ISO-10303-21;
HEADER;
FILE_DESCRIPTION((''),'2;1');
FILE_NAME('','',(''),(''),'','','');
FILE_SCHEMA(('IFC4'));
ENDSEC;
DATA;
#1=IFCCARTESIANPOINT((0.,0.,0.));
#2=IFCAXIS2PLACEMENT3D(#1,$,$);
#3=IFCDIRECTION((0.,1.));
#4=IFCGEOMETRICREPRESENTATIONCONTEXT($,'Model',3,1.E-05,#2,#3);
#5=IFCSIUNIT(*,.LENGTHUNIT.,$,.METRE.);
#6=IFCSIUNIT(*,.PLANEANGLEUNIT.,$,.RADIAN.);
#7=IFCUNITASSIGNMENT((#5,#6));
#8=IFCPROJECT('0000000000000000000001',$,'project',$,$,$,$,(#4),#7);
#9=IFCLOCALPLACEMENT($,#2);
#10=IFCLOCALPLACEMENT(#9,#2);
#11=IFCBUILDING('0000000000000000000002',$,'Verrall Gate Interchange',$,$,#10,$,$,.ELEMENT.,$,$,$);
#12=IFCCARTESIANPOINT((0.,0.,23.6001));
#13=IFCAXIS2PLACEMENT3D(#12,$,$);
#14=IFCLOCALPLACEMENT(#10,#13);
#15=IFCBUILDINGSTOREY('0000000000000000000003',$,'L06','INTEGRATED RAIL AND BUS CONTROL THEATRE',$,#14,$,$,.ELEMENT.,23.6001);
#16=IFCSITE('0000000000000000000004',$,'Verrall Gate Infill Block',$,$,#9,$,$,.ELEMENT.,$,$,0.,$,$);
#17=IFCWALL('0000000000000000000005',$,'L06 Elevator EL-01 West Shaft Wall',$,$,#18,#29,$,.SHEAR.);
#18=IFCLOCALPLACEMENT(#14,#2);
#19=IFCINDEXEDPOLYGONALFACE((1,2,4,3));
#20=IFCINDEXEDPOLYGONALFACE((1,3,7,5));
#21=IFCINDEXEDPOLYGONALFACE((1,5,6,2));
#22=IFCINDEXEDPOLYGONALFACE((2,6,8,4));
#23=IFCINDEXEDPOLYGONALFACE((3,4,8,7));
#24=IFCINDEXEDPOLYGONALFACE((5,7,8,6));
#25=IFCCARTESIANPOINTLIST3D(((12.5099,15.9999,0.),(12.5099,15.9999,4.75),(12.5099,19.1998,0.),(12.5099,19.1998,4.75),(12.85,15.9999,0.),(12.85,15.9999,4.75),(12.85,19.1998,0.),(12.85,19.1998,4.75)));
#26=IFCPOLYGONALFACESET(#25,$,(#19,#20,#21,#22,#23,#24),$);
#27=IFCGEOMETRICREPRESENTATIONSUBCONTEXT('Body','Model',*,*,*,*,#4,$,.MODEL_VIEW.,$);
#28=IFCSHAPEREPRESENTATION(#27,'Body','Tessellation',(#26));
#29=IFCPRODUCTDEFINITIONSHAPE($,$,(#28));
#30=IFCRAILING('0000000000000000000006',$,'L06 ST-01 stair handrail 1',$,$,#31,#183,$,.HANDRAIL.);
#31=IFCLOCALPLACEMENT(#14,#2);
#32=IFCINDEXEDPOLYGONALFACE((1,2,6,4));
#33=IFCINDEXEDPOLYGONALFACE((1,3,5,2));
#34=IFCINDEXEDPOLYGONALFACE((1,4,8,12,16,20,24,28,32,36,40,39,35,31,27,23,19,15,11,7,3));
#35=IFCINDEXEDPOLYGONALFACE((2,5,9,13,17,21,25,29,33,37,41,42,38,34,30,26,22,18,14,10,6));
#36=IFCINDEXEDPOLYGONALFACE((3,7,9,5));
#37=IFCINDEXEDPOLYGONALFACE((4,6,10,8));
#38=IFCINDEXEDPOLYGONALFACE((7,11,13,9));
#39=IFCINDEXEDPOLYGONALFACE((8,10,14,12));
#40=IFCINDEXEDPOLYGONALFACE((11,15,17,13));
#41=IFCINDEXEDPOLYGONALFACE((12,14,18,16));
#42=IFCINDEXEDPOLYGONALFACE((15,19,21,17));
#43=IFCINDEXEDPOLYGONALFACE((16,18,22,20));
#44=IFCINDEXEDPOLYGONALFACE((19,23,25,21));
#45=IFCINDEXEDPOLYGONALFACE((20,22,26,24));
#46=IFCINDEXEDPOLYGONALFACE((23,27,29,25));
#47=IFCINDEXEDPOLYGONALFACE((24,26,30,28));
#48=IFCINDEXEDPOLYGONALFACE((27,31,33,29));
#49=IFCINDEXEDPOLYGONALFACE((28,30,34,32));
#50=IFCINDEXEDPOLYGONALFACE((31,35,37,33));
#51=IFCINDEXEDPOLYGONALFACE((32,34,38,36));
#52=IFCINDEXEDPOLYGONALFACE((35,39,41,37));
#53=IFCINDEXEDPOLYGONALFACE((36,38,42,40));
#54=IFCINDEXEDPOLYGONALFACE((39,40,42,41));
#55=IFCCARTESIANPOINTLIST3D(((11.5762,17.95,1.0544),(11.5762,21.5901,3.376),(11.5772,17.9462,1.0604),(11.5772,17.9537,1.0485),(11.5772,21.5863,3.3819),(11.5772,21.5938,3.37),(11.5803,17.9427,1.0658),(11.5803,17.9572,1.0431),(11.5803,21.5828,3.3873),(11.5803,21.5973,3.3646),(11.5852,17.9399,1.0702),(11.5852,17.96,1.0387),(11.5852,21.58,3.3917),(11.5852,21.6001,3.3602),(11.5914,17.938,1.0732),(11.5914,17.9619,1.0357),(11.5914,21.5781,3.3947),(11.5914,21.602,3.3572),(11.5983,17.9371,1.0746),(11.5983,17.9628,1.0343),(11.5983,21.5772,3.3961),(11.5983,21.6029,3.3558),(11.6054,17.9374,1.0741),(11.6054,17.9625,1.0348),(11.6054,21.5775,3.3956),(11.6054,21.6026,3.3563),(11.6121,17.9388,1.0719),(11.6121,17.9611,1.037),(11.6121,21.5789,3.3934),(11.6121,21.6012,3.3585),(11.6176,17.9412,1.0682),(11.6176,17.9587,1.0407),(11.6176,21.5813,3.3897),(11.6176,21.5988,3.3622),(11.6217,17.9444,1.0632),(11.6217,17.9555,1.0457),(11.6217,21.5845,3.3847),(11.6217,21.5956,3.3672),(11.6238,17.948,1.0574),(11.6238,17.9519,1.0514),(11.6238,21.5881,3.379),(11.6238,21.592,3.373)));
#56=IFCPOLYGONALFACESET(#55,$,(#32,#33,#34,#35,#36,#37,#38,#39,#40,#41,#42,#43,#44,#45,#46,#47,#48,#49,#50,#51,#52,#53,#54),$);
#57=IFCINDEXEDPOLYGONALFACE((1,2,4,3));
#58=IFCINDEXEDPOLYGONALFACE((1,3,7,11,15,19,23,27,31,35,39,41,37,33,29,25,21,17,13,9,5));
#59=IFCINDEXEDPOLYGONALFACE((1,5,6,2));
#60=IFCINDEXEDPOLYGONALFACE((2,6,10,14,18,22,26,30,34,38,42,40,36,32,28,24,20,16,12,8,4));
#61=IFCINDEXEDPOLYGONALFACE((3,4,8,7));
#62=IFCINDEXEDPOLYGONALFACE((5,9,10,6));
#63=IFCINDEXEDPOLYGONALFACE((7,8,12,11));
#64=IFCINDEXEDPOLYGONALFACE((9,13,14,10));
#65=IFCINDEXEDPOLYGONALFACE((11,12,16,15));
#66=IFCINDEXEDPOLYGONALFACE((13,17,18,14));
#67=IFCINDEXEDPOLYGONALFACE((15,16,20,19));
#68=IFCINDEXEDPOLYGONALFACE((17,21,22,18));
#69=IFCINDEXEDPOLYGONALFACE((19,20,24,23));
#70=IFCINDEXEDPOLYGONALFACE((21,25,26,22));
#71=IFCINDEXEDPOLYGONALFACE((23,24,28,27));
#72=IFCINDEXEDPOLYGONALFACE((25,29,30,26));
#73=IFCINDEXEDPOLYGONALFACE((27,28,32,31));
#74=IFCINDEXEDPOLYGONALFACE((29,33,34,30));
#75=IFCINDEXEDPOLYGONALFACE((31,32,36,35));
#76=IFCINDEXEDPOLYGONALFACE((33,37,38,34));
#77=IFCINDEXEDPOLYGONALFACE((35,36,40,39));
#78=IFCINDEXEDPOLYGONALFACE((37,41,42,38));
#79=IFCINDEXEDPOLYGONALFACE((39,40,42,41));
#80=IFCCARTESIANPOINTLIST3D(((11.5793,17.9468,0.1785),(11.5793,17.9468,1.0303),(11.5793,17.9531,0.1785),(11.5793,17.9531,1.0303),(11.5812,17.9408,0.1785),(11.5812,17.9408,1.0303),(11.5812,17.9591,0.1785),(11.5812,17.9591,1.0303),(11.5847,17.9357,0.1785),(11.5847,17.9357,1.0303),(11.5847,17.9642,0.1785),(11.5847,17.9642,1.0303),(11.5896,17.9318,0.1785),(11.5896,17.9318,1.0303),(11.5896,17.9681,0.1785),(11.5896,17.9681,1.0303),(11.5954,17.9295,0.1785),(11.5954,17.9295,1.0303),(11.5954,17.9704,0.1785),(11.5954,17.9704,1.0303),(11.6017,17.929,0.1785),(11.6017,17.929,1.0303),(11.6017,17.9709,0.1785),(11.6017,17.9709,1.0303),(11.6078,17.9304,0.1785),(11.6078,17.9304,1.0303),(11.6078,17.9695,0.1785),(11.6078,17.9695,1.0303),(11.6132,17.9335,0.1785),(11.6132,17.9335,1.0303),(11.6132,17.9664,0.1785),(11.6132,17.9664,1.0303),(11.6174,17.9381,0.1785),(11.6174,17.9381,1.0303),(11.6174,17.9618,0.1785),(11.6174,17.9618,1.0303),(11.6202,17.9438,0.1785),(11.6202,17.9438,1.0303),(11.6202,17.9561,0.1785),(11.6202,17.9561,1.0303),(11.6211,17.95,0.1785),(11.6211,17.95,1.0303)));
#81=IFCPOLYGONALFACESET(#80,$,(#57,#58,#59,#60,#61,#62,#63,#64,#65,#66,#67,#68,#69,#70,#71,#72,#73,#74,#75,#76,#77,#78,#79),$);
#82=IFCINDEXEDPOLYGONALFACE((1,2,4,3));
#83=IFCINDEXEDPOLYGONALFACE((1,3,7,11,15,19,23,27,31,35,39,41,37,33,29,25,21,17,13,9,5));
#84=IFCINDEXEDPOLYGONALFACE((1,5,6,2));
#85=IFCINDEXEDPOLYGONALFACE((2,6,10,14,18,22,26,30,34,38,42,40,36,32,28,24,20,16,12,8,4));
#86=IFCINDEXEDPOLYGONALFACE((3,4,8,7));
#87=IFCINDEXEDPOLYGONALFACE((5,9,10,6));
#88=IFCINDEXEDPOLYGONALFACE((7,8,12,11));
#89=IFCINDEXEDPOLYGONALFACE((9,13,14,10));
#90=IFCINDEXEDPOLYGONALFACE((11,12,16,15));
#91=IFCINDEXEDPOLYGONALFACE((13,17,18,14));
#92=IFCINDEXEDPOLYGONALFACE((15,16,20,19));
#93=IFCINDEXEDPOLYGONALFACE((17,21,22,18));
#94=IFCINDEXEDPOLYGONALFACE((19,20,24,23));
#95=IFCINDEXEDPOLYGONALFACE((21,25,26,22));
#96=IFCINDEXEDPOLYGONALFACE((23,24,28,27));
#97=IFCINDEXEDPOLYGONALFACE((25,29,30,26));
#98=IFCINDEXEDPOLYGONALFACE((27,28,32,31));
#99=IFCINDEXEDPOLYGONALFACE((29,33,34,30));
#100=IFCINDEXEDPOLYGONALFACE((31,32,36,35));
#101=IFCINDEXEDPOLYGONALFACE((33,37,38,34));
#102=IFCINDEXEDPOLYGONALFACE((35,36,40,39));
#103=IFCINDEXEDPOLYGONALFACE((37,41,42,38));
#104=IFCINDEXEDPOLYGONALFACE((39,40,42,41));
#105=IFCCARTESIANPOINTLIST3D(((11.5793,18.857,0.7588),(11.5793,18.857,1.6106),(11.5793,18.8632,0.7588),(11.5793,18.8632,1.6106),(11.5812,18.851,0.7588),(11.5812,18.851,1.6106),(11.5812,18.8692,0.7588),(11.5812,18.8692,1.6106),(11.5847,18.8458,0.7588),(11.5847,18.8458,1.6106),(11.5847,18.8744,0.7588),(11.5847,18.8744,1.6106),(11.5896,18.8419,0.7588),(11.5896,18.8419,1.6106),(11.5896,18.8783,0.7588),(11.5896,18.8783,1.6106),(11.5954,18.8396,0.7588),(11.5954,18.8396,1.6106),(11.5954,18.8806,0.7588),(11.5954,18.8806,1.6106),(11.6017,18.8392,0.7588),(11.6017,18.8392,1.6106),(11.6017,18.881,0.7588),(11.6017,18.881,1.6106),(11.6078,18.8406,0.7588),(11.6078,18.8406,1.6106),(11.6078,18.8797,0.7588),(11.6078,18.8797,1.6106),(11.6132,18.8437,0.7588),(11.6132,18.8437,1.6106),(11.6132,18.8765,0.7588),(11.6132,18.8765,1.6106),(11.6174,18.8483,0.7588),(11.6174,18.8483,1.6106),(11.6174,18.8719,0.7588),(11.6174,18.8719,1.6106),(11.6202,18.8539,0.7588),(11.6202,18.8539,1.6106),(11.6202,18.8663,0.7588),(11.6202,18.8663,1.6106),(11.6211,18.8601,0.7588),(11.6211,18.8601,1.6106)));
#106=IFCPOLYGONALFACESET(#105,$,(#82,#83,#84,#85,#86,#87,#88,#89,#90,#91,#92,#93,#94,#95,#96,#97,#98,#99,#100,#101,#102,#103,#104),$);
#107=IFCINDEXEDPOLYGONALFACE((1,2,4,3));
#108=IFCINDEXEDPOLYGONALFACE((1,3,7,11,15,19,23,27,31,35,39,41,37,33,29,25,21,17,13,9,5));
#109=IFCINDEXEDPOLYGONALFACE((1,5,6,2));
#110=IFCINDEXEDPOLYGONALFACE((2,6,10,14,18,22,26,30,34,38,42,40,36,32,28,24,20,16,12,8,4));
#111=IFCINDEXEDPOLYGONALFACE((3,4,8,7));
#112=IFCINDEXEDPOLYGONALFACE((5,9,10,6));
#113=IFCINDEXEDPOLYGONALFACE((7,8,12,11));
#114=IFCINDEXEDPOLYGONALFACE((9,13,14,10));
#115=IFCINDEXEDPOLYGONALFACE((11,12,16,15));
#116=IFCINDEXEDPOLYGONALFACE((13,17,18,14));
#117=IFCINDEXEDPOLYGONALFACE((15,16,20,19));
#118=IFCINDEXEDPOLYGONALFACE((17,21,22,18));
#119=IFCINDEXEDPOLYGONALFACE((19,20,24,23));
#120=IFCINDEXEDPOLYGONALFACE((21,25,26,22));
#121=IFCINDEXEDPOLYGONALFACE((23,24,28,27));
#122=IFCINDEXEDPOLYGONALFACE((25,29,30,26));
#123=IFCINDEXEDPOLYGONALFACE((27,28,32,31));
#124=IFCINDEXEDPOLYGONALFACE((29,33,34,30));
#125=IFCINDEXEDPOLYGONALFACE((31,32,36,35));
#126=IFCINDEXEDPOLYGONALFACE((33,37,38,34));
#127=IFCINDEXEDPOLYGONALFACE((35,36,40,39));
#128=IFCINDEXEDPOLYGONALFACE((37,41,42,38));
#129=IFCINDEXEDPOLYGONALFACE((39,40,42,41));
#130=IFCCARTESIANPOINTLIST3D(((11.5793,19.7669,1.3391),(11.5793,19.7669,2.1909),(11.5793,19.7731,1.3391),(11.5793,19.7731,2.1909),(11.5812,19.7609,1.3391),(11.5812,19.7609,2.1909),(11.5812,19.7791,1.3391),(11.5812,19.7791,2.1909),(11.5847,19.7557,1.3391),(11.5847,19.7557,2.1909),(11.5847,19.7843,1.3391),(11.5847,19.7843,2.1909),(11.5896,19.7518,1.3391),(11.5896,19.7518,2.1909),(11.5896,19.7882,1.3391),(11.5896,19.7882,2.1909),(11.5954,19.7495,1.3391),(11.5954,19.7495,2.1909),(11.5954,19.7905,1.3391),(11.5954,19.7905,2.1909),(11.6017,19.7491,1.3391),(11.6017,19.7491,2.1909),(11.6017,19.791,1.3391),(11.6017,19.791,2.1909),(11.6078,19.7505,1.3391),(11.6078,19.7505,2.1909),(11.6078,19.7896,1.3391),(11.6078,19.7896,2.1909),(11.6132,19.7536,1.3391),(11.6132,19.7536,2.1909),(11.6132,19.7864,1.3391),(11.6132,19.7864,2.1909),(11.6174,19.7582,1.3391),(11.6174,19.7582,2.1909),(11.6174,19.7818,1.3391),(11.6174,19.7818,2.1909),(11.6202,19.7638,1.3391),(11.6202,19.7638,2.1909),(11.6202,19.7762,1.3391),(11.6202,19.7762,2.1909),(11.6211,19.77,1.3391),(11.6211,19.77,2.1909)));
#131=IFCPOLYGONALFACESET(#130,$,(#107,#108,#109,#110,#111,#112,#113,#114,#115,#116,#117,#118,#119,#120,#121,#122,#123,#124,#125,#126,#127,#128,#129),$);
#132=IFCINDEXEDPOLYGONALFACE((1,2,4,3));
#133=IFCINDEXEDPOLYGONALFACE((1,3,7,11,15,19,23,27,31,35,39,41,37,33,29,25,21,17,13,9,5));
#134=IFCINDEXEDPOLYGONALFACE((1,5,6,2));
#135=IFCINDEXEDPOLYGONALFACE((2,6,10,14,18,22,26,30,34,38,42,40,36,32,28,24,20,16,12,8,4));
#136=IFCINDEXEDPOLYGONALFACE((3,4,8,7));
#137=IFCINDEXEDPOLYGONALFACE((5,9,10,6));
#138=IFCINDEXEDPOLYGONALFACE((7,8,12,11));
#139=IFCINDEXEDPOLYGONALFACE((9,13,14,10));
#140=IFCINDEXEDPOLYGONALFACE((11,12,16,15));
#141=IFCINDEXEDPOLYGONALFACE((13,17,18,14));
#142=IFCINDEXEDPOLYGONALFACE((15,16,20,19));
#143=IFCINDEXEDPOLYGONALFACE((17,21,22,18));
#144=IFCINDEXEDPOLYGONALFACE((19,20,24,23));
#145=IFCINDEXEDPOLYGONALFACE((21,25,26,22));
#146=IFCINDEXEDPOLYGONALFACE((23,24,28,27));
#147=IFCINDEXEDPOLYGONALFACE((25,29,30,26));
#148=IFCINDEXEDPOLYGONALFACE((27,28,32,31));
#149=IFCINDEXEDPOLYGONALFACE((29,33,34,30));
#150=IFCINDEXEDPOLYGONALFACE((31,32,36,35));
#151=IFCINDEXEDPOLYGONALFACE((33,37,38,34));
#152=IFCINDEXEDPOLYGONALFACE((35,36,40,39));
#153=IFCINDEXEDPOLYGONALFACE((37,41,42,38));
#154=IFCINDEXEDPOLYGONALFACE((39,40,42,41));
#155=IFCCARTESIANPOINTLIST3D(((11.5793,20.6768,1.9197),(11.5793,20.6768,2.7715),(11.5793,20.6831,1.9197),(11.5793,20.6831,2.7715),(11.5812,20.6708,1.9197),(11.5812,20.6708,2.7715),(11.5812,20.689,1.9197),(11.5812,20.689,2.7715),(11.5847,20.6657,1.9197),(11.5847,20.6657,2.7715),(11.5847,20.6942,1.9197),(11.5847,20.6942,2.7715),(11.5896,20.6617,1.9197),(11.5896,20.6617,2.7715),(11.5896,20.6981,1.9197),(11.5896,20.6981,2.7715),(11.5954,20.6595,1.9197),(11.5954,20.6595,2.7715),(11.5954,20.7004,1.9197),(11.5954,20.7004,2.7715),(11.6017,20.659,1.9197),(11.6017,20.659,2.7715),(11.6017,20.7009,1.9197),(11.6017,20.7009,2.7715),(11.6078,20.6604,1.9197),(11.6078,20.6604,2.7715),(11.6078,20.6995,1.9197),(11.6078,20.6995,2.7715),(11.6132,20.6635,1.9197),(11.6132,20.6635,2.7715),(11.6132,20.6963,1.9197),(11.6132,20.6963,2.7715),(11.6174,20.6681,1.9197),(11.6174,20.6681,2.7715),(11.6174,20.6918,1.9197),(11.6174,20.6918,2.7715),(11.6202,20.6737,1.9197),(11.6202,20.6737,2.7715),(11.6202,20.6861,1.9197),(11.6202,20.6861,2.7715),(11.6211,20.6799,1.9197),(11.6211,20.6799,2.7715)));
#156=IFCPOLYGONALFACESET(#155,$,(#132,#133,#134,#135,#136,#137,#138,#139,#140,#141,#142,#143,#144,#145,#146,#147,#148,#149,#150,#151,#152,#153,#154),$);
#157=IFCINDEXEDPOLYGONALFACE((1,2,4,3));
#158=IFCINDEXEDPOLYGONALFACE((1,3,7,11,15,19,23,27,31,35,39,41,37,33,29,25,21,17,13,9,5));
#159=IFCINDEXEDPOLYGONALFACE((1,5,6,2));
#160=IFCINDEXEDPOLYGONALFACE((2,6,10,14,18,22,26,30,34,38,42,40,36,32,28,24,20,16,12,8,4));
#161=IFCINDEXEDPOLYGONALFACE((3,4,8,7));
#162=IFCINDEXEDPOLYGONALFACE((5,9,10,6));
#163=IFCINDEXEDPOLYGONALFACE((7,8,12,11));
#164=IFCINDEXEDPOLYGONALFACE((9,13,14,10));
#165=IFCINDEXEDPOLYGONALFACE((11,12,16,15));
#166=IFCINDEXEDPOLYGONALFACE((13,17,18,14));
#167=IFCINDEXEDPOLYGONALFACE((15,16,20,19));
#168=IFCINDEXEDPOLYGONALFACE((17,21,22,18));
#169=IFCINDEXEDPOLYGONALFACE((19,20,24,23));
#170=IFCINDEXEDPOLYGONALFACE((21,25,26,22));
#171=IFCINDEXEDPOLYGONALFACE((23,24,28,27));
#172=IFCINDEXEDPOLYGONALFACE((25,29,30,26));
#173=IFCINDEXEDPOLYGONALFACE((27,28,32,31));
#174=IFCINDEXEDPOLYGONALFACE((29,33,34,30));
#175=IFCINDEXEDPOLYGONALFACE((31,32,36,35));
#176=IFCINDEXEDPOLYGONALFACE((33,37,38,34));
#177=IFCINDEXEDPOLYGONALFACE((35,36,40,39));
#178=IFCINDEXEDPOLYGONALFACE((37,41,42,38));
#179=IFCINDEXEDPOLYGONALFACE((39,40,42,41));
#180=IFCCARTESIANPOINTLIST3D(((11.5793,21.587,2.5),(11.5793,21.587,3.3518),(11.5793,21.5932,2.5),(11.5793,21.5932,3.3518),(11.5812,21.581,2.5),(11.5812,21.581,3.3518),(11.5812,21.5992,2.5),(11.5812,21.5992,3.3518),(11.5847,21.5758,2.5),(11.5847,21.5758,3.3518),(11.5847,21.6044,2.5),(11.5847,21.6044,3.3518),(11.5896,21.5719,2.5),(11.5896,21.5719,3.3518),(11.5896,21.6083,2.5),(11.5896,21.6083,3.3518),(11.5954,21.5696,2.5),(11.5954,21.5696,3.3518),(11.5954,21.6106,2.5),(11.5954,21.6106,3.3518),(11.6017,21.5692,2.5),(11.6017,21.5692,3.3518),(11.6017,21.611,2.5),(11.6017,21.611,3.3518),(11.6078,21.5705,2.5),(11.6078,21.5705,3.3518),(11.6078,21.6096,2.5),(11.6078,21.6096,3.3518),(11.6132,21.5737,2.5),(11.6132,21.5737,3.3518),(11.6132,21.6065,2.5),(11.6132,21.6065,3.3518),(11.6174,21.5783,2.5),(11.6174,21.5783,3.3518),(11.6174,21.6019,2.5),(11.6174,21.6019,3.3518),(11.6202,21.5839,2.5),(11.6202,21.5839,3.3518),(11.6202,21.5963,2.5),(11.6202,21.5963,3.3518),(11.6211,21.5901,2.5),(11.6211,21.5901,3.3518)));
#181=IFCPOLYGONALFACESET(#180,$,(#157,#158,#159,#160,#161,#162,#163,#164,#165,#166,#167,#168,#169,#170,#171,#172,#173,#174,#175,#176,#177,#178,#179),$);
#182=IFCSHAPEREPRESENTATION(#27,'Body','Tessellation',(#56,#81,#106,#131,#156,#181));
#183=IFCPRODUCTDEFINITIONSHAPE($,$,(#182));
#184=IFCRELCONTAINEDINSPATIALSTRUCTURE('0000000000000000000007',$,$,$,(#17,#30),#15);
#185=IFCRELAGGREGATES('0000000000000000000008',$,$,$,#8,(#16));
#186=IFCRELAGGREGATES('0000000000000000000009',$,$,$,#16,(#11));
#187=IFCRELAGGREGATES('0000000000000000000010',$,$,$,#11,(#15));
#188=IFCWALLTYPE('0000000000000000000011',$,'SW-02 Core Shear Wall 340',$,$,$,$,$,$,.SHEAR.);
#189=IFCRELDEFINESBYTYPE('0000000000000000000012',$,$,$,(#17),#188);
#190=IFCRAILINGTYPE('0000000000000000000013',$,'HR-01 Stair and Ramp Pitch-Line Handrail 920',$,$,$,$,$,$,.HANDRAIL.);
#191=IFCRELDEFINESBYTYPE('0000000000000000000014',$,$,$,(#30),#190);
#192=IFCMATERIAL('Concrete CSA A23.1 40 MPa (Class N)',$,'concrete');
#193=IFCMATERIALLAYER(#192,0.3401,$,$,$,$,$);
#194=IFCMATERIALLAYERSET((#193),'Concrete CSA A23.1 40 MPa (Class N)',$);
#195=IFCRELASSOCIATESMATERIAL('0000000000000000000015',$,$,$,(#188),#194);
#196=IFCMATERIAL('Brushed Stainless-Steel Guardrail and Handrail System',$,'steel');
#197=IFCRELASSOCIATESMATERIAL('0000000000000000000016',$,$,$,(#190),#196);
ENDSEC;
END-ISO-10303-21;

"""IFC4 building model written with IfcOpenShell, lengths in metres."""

from ifc_helpers import new_model, si_unit, direction, frame, frame_2d, origin, origin_2d, place, context, subcontext, project, spatial, rectangle, circle, extrude, material, layer, layer_set, type_object, element, save


model = new_model("IFC4")

# Units and contexts
model_context = context("Model", 3, precision=1e-05, world=origin(), true_north=direction((0.0, 1.0)))
body_context = subcontext(model_context, "Body", "Model", "MODEL_VIEW")
ifc_project = project(units=[si_unit("LENGTHUNIT", "METRE"), si_unit("PLANEANGLEUNIT", "RADIAN")], contexts=[model_context])

# Site, building, storey
site_placement = place(None, origin())
site = spatial("IfcSite", under=ifc_project, at=site_placement, Name="Verrall Gate Infill Block", CompositionType="ELEMENT", RefElevation=0.0)
building_placement = place(site_placement, origin())
building = spatial("IfcBuilding", under=site, at=building_placement, Name="Verrall Gate Interchange", CompositionType="ELEMENT")
storey_placement = place(building_placement, frame((0.0, 0.0, 23.6001)))
storey = spatial("IfcBuildingStorey", under=building, at=storey_placement, Name="L06", Description="INTEGRATED RAIL AND BUS CONTROL THEATRE", CompositionType="ELEMENT", Elevation=23.6001)

# Wall
ifc_material_1 = material(Name="Concrete CSA A23.1 40 MPa (Class N)", Category="concrete")
ifc_layer_1 = layer(ifc_material_1, 0.3401)
ifc_layer_set_1 = layer_set([ifc_layer_1], Name="Concrete CSA A23.1 40 MPa (Class N)")
wall_type_1 = type_object("IfcWallType", Name="SW-02 Core Shear Wall 340", PredefinedType="SHEAR", material=ifc_layer_set_1)
wall_1_placement = place(storey_placement, frame((12.6799, 19.2, 0.0), z_axis=(0.0, 0.0, 1.0), x_axis=(0.0, -1.0, 0.0)))
element("IfcWall", 1, at=wall_1_placement, inside=storey, type_object=wall_type_1, Name="L06 Elevator EL-01 West Shaft Wall", PredefinedType="SHEAR", context=body_context, shape_type="SweptSolid", body=[
    extrude(rectangle(XDim=3.2, YDim=0.3401, at=frame_2d((1.6001, 0.0))), origin(), (0.0, 0.0, 1.0), 4.75),
])

# Railing
ifc_material_2 = material(Name="Brushed Stainless-Steel Guardrail and Handrail System", Category="steel")
railing_type = type_object("IfcRailingType", Name="HR-01 Stair and Ramp Pitch-Line Handrail 920", PredefinedType="HANDRAIL", material=ifc_material_2)
railing_placement = place(storey_placement, frame((11.6001, 17.95, 0.1785)))
element("IfcRailing", 2, at=railing_placement, inside=storey, type_object=railing_type, Name="L06 ST-01 stair handrail 1", PredefinedType="HANDRAIL", context=body_context, shape_type="SweptSolid", body=[
    extrude(circle(Radius=0.0239, at=origin_2d()), frame((0.0, 0.0, 0.876), z_axis=(0.0, 0.843128, 0.537713), x_axis=(-1.0, 0.0, 0.0)), (0.0, 0.0, 1.0), 4.3174),
    extrude(circle(Radius=0.021, at=origin_2d()), origin(), (0.0, 0.0, 1.0), 0.8518),
    extrude(circle(Radius=0.021, at=origin_2d()), frame((0.0, 0.9102, 0.5803)), (0.0, 0.0, 1.0), 0.8518),
    extrude(circle(Radius=0.021, at=origin_2d()), frame((0.0, 1.8201, 1.1606)), (0.0, 0.0, 1.0), 0.8518),
    extrude(circle(Radius=0.021, at=origin_2d()), frame((0.0, 2.73, 1.7412)), (0.0, 0.0, 1.0), 0.8518),
    extrude(circle(Radius=0.021, at=origin_2d()), frame((0.0, 3.6401, 2.3215)), (0.0, 0.0, 1.0), 0.8518),
])

save(model, "model.ifc")
